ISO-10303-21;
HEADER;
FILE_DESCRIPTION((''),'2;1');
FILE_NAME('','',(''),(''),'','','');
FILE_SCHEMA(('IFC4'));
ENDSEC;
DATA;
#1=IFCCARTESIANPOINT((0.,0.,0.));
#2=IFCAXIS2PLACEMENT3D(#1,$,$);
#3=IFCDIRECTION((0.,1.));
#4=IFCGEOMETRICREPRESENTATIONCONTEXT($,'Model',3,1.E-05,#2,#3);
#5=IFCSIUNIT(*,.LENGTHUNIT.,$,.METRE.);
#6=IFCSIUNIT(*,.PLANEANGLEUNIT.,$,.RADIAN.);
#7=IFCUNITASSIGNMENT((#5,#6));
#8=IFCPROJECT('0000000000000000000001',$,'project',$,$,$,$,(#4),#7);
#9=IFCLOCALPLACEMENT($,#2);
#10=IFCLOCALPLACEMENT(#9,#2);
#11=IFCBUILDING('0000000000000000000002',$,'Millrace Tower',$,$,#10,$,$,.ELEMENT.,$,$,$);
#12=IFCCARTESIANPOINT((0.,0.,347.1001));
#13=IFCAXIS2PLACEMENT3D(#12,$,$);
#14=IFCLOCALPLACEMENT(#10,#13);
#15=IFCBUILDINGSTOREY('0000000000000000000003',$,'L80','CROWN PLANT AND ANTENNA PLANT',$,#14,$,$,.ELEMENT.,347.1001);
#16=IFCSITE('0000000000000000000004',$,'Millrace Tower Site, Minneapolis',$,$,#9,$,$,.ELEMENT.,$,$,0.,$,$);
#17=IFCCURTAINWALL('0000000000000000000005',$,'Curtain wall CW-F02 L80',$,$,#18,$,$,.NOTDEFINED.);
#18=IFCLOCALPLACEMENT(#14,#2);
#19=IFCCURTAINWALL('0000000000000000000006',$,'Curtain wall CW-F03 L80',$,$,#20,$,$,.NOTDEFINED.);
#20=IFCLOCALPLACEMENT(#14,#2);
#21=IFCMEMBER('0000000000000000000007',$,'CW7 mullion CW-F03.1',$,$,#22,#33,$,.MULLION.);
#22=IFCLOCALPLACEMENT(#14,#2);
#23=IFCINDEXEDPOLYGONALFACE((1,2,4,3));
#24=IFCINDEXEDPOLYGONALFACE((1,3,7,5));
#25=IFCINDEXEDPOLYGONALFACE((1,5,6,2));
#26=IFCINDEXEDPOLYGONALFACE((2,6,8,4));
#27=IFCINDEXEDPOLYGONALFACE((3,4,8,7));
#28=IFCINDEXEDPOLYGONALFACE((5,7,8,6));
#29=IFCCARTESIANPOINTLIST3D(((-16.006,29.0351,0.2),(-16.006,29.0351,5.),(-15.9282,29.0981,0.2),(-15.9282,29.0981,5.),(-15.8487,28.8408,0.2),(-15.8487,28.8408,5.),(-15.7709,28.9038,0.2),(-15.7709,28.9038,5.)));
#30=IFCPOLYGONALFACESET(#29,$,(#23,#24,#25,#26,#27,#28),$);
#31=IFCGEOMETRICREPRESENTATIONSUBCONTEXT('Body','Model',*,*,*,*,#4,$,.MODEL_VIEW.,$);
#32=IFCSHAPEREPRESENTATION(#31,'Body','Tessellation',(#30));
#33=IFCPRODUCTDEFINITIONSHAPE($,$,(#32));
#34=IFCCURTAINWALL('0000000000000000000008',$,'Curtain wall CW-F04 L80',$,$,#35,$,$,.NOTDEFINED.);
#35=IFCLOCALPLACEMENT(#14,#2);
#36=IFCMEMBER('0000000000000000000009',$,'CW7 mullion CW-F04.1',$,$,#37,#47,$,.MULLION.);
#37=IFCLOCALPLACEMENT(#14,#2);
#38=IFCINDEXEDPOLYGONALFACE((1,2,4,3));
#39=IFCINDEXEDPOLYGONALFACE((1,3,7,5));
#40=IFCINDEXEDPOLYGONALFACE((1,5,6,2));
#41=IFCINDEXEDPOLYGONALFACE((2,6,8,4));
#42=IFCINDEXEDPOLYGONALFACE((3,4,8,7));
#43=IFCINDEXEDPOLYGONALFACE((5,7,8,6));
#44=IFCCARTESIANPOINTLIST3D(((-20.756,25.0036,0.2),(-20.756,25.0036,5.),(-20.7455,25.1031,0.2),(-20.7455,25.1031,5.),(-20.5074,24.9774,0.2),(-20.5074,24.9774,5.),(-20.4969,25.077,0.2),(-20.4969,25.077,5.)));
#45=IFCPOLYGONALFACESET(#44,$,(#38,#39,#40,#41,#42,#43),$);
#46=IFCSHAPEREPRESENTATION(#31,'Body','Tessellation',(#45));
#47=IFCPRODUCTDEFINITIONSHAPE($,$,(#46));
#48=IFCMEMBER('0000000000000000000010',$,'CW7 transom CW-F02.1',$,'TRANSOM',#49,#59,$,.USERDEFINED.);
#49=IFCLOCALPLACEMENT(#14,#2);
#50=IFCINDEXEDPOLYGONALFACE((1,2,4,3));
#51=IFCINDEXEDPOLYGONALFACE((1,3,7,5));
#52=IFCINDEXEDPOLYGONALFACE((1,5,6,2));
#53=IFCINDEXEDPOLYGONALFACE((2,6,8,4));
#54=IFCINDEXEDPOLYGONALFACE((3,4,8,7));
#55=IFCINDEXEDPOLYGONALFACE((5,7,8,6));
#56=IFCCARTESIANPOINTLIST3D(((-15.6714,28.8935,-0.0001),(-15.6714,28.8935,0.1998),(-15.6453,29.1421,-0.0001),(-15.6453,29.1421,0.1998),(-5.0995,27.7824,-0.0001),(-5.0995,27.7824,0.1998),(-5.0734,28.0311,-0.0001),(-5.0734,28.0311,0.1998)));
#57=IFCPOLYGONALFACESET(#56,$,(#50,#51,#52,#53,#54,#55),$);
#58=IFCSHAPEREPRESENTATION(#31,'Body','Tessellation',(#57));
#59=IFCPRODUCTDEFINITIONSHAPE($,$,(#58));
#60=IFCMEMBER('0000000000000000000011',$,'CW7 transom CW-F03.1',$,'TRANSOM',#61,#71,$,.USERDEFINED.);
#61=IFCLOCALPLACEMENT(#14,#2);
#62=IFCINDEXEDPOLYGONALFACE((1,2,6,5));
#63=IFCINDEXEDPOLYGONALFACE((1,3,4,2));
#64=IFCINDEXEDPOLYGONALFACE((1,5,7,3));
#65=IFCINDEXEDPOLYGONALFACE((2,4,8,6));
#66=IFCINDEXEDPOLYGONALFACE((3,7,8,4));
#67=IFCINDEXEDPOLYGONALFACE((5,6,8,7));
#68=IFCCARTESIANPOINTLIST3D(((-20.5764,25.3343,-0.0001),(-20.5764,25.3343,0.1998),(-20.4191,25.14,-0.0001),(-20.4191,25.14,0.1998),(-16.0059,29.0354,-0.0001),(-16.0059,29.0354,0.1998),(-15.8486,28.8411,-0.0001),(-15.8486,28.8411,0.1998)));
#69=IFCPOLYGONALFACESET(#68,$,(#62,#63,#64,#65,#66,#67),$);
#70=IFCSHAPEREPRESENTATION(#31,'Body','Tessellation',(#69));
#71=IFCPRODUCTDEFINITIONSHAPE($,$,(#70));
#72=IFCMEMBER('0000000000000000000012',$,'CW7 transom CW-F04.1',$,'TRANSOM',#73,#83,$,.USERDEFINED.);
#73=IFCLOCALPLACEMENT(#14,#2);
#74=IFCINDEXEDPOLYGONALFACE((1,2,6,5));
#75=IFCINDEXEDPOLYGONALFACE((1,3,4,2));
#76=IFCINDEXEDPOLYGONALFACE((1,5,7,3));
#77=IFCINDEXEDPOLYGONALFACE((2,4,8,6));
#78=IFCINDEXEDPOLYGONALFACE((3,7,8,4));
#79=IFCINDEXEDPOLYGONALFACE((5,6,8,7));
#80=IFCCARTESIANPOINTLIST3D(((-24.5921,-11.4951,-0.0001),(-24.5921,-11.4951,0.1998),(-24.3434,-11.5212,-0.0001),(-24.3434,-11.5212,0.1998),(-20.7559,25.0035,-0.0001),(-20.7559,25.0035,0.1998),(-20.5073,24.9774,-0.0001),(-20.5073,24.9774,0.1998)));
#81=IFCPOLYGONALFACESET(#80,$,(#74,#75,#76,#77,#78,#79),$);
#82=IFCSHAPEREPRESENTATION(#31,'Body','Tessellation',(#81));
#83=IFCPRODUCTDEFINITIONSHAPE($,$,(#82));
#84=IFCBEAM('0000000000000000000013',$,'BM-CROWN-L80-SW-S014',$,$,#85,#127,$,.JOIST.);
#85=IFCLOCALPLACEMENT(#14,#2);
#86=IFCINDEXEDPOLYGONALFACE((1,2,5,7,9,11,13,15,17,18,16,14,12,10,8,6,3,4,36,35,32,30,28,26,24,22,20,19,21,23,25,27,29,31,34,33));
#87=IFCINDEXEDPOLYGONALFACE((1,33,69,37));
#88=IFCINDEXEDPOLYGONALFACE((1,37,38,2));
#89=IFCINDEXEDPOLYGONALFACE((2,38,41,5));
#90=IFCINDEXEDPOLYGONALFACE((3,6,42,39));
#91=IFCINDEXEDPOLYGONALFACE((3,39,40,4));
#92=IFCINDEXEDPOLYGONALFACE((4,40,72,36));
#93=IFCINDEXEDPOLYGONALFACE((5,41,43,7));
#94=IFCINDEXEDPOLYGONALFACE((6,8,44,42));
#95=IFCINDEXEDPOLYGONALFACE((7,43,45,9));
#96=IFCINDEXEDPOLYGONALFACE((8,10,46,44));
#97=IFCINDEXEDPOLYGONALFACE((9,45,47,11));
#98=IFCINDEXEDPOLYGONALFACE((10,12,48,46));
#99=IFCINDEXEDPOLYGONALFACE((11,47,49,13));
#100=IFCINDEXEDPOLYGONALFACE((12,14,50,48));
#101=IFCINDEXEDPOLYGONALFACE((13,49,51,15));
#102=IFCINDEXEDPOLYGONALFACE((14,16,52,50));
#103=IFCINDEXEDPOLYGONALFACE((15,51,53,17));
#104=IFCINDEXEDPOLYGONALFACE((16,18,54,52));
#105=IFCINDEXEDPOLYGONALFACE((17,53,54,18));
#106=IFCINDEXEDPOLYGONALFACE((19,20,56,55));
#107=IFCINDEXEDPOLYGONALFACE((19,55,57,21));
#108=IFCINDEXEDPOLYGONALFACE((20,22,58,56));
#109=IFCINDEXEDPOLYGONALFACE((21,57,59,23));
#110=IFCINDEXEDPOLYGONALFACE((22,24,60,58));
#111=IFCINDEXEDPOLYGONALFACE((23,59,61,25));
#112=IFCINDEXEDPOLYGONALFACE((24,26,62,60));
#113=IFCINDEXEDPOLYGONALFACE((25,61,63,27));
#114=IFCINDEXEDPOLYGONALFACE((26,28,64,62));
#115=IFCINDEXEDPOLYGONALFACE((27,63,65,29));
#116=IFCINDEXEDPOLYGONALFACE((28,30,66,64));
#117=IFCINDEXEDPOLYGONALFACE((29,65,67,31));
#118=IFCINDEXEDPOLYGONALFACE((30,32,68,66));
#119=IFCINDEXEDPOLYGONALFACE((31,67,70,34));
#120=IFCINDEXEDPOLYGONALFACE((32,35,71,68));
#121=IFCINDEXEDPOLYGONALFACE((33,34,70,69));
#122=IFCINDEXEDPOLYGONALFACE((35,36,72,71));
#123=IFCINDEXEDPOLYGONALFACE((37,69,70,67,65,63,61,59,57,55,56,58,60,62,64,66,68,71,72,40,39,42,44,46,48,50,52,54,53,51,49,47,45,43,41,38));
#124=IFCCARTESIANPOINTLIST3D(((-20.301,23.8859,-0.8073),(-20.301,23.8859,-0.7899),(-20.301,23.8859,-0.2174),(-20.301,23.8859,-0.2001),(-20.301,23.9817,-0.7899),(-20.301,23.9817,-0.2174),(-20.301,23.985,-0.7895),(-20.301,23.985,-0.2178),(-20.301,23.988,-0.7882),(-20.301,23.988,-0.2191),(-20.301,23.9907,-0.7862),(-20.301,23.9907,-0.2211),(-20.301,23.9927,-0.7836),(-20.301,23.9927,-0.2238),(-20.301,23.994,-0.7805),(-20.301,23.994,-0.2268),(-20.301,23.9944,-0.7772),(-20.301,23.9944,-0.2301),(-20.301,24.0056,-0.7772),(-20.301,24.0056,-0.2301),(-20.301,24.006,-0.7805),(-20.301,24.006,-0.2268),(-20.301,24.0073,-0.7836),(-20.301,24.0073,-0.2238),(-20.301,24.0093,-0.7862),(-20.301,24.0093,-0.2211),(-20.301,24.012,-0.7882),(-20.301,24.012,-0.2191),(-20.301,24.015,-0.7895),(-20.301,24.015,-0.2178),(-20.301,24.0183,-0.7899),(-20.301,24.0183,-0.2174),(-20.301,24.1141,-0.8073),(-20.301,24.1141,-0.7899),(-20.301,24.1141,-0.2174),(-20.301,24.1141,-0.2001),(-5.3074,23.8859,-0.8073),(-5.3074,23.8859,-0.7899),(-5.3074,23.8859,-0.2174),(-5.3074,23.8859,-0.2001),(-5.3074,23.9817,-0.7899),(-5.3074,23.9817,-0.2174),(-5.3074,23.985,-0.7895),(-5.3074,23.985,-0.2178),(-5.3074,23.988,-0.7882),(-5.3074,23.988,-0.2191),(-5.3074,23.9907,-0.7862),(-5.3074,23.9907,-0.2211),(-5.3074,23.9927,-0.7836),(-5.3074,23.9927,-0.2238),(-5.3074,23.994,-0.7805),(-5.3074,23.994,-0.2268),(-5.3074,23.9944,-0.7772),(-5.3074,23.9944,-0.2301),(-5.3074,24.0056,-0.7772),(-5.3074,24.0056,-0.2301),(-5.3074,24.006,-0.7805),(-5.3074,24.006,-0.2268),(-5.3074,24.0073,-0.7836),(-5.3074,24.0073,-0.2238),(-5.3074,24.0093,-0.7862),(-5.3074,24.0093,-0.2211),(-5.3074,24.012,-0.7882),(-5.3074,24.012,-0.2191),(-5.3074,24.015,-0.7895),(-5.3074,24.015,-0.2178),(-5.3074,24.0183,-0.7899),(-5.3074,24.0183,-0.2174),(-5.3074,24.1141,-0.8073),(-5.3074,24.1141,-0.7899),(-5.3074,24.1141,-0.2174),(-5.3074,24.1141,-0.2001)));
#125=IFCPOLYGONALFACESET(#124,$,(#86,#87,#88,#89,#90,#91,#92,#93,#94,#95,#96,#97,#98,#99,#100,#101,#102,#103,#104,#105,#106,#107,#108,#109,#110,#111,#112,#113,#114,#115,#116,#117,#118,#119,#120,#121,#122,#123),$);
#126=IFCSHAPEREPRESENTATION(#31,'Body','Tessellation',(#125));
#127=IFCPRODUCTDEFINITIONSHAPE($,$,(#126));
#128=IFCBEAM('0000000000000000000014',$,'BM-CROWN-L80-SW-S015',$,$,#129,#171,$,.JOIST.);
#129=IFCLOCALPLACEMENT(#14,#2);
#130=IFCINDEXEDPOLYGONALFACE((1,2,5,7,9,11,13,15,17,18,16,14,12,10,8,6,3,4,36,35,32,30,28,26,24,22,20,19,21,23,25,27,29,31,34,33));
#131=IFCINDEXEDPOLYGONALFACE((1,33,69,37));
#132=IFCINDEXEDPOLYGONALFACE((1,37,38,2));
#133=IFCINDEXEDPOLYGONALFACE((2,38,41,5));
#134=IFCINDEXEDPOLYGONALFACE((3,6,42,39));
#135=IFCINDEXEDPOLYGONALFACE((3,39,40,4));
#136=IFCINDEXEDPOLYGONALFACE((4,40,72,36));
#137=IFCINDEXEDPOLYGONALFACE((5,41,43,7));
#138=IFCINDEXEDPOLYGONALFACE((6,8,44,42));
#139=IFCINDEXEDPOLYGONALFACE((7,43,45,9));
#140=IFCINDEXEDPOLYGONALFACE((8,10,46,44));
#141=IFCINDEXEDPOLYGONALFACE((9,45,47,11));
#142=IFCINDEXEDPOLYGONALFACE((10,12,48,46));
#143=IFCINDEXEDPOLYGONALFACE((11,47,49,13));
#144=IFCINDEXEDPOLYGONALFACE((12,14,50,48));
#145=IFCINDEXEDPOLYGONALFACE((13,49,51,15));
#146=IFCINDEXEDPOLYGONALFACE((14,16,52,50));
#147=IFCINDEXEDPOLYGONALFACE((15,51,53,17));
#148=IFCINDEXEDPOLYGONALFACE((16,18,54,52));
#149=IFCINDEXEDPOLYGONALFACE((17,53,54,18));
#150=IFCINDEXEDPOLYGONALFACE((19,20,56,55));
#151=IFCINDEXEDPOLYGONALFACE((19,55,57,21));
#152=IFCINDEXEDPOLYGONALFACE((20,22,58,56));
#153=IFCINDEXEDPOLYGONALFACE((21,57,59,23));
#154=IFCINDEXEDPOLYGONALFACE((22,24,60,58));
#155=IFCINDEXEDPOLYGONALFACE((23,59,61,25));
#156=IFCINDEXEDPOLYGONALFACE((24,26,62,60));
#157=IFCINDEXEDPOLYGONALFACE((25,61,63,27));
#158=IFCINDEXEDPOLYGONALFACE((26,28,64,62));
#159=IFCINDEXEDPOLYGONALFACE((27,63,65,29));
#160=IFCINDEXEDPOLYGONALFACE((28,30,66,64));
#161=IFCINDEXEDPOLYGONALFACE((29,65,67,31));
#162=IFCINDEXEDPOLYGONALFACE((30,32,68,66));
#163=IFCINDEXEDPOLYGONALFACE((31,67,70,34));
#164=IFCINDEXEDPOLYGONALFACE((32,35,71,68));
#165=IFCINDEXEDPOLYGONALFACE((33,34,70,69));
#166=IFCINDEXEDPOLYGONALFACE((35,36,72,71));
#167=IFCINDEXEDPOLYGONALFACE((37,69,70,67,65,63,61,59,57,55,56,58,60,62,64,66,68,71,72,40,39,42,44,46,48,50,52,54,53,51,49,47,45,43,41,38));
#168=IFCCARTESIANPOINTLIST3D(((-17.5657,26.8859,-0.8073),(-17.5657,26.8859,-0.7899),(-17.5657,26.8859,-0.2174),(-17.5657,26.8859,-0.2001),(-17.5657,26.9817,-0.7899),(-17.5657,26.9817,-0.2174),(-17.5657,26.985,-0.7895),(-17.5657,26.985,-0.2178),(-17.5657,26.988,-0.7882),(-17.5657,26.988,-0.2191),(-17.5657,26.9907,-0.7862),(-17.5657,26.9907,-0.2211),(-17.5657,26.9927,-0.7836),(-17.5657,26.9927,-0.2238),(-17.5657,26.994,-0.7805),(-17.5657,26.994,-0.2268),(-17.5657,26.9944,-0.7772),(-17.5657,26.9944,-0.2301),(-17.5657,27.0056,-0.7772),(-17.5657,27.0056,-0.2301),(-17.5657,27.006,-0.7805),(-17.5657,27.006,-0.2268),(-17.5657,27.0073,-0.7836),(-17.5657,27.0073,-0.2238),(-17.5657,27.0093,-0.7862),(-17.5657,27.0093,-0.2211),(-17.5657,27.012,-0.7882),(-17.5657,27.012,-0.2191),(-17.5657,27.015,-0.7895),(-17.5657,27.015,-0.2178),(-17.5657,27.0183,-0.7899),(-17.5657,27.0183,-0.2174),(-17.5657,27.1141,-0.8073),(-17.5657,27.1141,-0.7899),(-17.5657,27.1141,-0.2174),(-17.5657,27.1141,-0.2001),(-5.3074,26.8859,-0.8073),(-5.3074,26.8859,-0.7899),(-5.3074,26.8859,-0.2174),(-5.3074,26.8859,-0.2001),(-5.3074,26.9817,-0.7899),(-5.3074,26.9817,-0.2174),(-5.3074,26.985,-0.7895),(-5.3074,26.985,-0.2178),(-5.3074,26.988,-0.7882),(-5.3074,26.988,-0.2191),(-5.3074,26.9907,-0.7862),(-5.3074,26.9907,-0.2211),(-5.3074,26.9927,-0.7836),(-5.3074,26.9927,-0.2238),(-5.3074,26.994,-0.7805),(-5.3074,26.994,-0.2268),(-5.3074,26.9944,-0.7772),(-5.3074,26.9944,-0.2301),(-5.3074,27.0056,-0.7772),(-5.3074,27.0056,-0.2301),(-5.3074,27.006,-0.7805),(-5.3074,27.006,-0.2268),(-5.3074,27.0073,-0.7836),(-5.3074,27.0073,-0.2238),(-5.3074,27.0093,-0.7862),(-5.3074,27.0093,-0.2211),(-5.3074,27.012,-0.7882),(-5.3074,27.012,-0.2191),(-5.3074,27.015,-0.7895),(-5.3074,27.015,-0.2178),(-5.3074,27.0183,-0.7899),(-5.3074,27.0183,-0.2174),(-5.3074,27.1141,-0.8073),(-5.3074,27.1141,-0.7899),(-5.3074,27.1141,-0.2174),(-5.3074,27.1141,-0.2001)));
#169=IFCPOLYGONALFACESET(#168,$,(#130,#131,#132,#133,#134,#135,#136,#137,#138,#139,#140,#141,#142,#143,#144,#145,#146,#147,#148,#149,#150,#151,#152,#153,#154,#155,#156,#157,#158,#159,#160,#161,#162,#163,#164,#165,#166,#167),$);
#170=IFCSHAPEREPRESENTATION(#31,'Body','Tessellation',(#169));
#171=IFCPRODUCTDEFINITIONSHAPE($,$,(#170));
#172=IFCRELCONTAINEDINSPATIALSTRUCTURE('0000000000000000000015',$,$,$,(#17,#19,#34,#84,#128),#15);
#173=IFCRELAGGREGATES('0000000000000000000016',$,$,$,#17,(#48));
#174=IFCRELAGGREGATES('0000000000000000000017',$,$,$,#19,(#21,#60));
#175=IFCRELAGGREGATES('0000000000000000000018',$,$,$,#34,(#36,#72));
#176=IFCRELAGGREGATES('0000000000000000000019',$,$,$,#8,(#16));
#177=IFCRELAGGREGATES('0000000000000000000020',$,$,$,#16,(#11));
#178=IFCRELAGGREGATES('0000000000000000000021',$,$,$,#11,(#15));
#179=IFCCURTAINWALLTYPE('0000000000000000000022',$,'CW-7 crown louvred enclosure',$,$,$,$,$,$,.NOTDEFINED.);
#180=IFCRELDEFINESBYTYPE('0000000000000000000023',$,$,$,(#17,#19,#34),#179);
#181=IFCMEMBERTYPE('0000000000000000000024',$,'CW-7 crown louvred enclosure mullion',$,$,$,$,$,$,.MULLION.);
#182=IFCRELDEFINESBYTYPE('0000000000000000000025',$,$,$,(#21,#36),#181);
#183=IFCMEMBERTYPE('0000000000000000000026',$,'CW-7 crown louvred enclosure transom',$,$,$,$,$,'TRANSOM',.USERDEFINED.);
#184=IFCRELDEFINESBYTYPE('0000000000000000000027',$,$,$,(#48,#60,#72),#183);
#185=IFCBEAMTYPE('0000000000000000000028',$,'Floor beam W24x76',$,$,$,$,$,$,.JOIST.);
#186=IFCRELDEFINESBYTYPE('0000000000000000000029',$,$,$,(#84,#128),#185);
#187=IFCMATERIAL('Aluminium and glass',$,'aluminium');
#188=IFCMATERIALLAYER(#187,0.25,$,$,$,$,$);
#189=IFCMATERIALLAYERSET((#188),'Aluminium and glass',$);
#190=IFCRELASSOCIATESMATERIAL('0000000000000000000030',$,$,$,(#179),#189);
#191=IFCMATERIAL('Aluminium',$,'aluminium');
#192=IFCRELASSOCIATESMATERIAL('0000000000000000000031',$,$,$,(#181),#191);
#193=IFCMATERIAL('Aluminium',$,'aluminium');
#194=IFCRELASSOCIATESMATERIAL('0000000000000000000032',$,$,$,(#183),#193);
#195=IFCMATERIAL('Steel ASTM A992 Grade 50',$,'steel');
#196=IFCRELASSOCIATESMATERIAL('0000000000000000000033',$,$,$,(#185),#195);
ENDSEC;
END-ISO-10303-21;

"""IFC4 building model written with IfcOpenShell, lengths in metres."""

from ifc_helpers import new_model, si_unit, direction, frame, origin, origin_2d, place, context, subcontext, project, spatial, rectangle, i_section, extrude, material, layer, layer_set, material_profile, profile_set, type_object, element, aggregate, save


model = new_model("IFC4")

# Units and contexts
model_context = context("Model", 3, precision=1e-05, world=origin(), true_north=direction((0.0, 1.0)))
body_context = subcontext(model_context, "Body", "Model", "MODEL_VIEW")
ifc_project = project(units=[si_unit("LENGTHUNIT", "METRE"), si_unit("PLANEANGLEUNIT", "RADIAN")], contexts=[model_context])

# Site, building, storey
site_placement = place(None, origin())
site = spatial("IfcSite", under=ifc_project, at=site_placement, Name="Millrace Tower Site, Minneapolis", CompositionType="ELEMENT", RefElevation=0.0)
building_placement = place(site_placement, origin())
building = spatial("IfcBuilding", under=site, at=building_placement, Name="Millrace Tower", CompositionType="ELEMENT")
storey_placement = place(building_placement, frame((0.0, 0.0, 347.1001)))
storey = spatial("IfcBuildingStorey", under=building, at=storey_placement, Name="L80", Description="CROWN PLANT AND ANTENNA PLANT", CompositionType="ELEMENT", Elevation=347.1001)

# Shared definitions
ifc_material_1 = material(Name="Aluminium and glass", Category="aluminium")
ifc_layer = layer(ifc_material_1, 0.25)
ifc_layer_set = layer_set([ifc_layer], Name="Aluminium and glass")
curtain_wall_type = type_object("IfcCurtainWallType", Name="CW-7 crown louvred enclosure", PredefinedType="NOTDEFINED", material=ifc_layer_set)
placement = place(storey_placement, origin())
ifc_material_2 = material(Name="Aluminium", Category="aluminium")
ifc_material_profile_1 = material_profile(ifc_material_2, rectangle(XDim=0.1001, YDim=0.25, at=origin_2d()))
ifc_profile_set_1 = profile_set([ifc_material_profile_1], Name="Aluminium")
member_type_1 = type_object("IfcMemberType", Name="CW-7 crown louvred enclosure mullion", PredefinedType="MULLION", material=ifc_profile_set_1)

# Curtain wall
curtain_wall_1 = element("IfcCurtainWall", 1, at=placement, inside=storey, type_object=curtain_wall_type, Name="Curtain wall CW-F02 L80", PredefinedType="NOTDEFINED")

# Curtain walls, members
curtain_wall_2 = element("IfcCurtainWall", 2, at=placement, inside=storey, type_object=curtain_wall_type, Name="Curtain wall CW-F03 L80", PredefinedType="NOTDEFINED")
member_1_placement = place(storey_placement, frame((-15.8884, 28.9695, 0.2), z_axis=(0.0, 0.0, 1.0), x_axis=(-0.777146, -0.62932, 0.0)))
member_1 = element("IfcMember", 3, at=member_1_placement, type_object=member_type_1, Name="CW7 mullion CW-F03.1", PredefinedType="MULLION", context=body_context, shape_type="SweptSolid", body=[
    extrude(rectangle(XDim=0.1001, YDim=0.25, at=origin_2d()), origin(), (0.0, 0.0, 1.0), 4.8),
])
curtain_wall_3 = element("IfcCurtainWall", 4, at=placement, inside=storey, type_object=curtain_wall_type, Name="Curtain wall CW-F04 L80", PredefinedType="NOTDEFINED")
member_2_placement = place(storey_placement, frame((-20.6265, 25.0403, 0.2), z_axis=(0.0, 0.0, 1.0), x_axis=(-0.104528, -0.994522, 0.0)))
member_2 = element("IfcMember", 5, at=member_2_placement, type_object=member_type_1, Name="CW7 mullion CW-F04.1", PredefinedType="MULLION", context=body_context, shape_type="SweptSolid", body=[
    extrude(rectangle(XDim=0.1001, YDim=0.25, at=origin_2d()), origin(), (0.0, 0.0, 1.0), 4.8),
])

# Members
ifc_material_3 = material(Name="Aluminium", Category="aluminium")
ifc_material_profile_2 = material_profile(ifc_material_3, rectangle(XDim=0.25, YDim=0.2, at=origin_2d()))
ifc_profile_set_2 = profile_set([ifc_material_profile_2], Name="Aluminium")
member_type_2 = type_object("IfcMemberType", Name="CW-7 crown louvred enclosure transom", ElementType="TRANSOM", PredefinedType="USERDEFINED", material=ifc_profile_set_2)
member_3_placement = place(storey_placement, frame((-5.0864, 27.9067, 0.0999), z_axis=(-0.994523, 0.104521, 0.0), x_axis=(-0.104521, -0.994523, 0.0)))
member_3 = element("IfcMember", 6, at=member_3_placement, type_object=member_type_2, Name="CW7 transom CW-F02.1", ObjectType="TRANSOM", PredefinedType="USERDEFINED", context=body_context, shape_type="SweptSolid", body=[
    extrude(rectangle(XDim=0.25, YDim=0.2, at=origin_2d()), origin(), (0.0, 0.0, 1.0), 10.6301),
])
aggregate(curtain_wall_1, [member_3])
member_4_placement = place(storey_placement, frame((-15.9272, 28.9382, 0.0999), z_axis=(-0.777145, -0.629321, 0.0), x_axis=(0.629321, -0.777145, 0.0)))
member_4 = element("IfcMember", 7, at=member_4_placement, type_object=member_type_2, Name="CW7 transom CW-F03.1", ObjectType="TRANSOM", PredefinedType="USERDEFINED", context=body_context, shape_type="SweptSolid", body=[
    extrude(rectangle(XDim=0.25, YDim=0.2, at=origin_2d()), origin(), (0.0, 0.0, 1.0), 5.8811),
])
aggregate(curtain_wall_2, [member_1, member_4])
member_5_placement = place(storey_placement, frame((-20.6316, 24.9905, 0.0999), z_axis=(-0.104529, -0.994522, 0.0), x_axis=(0.994522, -0.104529, 0.0)))
member_5 = element("IfcMember", 8, at=member_5_placement, type_object=member_type_2, Name="CW7 transom CW-F04.1", ObjectType="TRANSOM", PredefinedType="USERDEFINED", context=body_context, shape_type="SweptSolid", body=[
    extrude(rectangle(XDim=0.25, YDim=0.2, at=origin_2d()), origin(), (0.0, 0.0, 1.0), 36.6997),
])
aggregate(curtain_wall_3, [member_2, member_5])

# Beams
ifc_material_4 = material(Name="Steel ASTM A992 Grade 50", Category="steel")
ifc_material_profile_3 = material_profile(ifc_material_4, i_section(OverallWidth=0.2283, OverallDepth=0.6072, WebThickness=0.0112, FlangeThickness=0.0173, FilletRadius=0.0127, at=origin_2d()))
ifc_profile_set_3 = profile_set([ifc_material_profile_3], Name="Steel ASTM A992 Grade 50")
beam_type_1 = type_object("IfcBeamType", Name="Floor beam W24x76", PredefinedType="JOIST", material=ifc_profile_set_3)
beam_1_placement = place(storey_placement, frame((-20.301, 24.0, -0.5037), z_axis=(1.0, 0.0, 0.0), x_axis=(0.0, 1.0, 0.0)))
element("IfcBeam", 9, at=beam_1_placement, inside=storey, type_object=beam_type_1, Name="BM-CROWN-L80-SW-S014", PredefinedType="JOIST", context=body_context, shape_type="SweptSolid", body=[
    extrude(i_section(OverallWidth=0.2283, OverallDepth=0.6072, WebThickness=0.0112, FlangeThickness=0.0173, FilletRadius=0.0127, at=origin_2d()), origin(), (0.0, 0.0, 1.0), 14.9937),
])
beam_2_placement = place(storey_placement, frame((-17.5657, 27.0, -0.5037), z_axis=(1.0, 0.0, 0.0), x_axis=(0.0, 1.0, 0.0)))
element("IfcBeam", 10, at=beam_2_placement, inside=storey, type_object=beam_type_1, Name="BM-CROWN-L80-SW-S015", PredefinedType="JOIST", context=body_context, shape_type="SweptSolid", body=[
    extrude(i_section(OverallWidth=0.2283, OverallDepth=0.6072, WebThickness=0.0112, FlangeThickness=0.0173, FilletRadius=0.0127, at=origin_2d()), origin(), (0.0, 0.0, 1.0), 12.2583),
])

save(model, "model.ifc")
